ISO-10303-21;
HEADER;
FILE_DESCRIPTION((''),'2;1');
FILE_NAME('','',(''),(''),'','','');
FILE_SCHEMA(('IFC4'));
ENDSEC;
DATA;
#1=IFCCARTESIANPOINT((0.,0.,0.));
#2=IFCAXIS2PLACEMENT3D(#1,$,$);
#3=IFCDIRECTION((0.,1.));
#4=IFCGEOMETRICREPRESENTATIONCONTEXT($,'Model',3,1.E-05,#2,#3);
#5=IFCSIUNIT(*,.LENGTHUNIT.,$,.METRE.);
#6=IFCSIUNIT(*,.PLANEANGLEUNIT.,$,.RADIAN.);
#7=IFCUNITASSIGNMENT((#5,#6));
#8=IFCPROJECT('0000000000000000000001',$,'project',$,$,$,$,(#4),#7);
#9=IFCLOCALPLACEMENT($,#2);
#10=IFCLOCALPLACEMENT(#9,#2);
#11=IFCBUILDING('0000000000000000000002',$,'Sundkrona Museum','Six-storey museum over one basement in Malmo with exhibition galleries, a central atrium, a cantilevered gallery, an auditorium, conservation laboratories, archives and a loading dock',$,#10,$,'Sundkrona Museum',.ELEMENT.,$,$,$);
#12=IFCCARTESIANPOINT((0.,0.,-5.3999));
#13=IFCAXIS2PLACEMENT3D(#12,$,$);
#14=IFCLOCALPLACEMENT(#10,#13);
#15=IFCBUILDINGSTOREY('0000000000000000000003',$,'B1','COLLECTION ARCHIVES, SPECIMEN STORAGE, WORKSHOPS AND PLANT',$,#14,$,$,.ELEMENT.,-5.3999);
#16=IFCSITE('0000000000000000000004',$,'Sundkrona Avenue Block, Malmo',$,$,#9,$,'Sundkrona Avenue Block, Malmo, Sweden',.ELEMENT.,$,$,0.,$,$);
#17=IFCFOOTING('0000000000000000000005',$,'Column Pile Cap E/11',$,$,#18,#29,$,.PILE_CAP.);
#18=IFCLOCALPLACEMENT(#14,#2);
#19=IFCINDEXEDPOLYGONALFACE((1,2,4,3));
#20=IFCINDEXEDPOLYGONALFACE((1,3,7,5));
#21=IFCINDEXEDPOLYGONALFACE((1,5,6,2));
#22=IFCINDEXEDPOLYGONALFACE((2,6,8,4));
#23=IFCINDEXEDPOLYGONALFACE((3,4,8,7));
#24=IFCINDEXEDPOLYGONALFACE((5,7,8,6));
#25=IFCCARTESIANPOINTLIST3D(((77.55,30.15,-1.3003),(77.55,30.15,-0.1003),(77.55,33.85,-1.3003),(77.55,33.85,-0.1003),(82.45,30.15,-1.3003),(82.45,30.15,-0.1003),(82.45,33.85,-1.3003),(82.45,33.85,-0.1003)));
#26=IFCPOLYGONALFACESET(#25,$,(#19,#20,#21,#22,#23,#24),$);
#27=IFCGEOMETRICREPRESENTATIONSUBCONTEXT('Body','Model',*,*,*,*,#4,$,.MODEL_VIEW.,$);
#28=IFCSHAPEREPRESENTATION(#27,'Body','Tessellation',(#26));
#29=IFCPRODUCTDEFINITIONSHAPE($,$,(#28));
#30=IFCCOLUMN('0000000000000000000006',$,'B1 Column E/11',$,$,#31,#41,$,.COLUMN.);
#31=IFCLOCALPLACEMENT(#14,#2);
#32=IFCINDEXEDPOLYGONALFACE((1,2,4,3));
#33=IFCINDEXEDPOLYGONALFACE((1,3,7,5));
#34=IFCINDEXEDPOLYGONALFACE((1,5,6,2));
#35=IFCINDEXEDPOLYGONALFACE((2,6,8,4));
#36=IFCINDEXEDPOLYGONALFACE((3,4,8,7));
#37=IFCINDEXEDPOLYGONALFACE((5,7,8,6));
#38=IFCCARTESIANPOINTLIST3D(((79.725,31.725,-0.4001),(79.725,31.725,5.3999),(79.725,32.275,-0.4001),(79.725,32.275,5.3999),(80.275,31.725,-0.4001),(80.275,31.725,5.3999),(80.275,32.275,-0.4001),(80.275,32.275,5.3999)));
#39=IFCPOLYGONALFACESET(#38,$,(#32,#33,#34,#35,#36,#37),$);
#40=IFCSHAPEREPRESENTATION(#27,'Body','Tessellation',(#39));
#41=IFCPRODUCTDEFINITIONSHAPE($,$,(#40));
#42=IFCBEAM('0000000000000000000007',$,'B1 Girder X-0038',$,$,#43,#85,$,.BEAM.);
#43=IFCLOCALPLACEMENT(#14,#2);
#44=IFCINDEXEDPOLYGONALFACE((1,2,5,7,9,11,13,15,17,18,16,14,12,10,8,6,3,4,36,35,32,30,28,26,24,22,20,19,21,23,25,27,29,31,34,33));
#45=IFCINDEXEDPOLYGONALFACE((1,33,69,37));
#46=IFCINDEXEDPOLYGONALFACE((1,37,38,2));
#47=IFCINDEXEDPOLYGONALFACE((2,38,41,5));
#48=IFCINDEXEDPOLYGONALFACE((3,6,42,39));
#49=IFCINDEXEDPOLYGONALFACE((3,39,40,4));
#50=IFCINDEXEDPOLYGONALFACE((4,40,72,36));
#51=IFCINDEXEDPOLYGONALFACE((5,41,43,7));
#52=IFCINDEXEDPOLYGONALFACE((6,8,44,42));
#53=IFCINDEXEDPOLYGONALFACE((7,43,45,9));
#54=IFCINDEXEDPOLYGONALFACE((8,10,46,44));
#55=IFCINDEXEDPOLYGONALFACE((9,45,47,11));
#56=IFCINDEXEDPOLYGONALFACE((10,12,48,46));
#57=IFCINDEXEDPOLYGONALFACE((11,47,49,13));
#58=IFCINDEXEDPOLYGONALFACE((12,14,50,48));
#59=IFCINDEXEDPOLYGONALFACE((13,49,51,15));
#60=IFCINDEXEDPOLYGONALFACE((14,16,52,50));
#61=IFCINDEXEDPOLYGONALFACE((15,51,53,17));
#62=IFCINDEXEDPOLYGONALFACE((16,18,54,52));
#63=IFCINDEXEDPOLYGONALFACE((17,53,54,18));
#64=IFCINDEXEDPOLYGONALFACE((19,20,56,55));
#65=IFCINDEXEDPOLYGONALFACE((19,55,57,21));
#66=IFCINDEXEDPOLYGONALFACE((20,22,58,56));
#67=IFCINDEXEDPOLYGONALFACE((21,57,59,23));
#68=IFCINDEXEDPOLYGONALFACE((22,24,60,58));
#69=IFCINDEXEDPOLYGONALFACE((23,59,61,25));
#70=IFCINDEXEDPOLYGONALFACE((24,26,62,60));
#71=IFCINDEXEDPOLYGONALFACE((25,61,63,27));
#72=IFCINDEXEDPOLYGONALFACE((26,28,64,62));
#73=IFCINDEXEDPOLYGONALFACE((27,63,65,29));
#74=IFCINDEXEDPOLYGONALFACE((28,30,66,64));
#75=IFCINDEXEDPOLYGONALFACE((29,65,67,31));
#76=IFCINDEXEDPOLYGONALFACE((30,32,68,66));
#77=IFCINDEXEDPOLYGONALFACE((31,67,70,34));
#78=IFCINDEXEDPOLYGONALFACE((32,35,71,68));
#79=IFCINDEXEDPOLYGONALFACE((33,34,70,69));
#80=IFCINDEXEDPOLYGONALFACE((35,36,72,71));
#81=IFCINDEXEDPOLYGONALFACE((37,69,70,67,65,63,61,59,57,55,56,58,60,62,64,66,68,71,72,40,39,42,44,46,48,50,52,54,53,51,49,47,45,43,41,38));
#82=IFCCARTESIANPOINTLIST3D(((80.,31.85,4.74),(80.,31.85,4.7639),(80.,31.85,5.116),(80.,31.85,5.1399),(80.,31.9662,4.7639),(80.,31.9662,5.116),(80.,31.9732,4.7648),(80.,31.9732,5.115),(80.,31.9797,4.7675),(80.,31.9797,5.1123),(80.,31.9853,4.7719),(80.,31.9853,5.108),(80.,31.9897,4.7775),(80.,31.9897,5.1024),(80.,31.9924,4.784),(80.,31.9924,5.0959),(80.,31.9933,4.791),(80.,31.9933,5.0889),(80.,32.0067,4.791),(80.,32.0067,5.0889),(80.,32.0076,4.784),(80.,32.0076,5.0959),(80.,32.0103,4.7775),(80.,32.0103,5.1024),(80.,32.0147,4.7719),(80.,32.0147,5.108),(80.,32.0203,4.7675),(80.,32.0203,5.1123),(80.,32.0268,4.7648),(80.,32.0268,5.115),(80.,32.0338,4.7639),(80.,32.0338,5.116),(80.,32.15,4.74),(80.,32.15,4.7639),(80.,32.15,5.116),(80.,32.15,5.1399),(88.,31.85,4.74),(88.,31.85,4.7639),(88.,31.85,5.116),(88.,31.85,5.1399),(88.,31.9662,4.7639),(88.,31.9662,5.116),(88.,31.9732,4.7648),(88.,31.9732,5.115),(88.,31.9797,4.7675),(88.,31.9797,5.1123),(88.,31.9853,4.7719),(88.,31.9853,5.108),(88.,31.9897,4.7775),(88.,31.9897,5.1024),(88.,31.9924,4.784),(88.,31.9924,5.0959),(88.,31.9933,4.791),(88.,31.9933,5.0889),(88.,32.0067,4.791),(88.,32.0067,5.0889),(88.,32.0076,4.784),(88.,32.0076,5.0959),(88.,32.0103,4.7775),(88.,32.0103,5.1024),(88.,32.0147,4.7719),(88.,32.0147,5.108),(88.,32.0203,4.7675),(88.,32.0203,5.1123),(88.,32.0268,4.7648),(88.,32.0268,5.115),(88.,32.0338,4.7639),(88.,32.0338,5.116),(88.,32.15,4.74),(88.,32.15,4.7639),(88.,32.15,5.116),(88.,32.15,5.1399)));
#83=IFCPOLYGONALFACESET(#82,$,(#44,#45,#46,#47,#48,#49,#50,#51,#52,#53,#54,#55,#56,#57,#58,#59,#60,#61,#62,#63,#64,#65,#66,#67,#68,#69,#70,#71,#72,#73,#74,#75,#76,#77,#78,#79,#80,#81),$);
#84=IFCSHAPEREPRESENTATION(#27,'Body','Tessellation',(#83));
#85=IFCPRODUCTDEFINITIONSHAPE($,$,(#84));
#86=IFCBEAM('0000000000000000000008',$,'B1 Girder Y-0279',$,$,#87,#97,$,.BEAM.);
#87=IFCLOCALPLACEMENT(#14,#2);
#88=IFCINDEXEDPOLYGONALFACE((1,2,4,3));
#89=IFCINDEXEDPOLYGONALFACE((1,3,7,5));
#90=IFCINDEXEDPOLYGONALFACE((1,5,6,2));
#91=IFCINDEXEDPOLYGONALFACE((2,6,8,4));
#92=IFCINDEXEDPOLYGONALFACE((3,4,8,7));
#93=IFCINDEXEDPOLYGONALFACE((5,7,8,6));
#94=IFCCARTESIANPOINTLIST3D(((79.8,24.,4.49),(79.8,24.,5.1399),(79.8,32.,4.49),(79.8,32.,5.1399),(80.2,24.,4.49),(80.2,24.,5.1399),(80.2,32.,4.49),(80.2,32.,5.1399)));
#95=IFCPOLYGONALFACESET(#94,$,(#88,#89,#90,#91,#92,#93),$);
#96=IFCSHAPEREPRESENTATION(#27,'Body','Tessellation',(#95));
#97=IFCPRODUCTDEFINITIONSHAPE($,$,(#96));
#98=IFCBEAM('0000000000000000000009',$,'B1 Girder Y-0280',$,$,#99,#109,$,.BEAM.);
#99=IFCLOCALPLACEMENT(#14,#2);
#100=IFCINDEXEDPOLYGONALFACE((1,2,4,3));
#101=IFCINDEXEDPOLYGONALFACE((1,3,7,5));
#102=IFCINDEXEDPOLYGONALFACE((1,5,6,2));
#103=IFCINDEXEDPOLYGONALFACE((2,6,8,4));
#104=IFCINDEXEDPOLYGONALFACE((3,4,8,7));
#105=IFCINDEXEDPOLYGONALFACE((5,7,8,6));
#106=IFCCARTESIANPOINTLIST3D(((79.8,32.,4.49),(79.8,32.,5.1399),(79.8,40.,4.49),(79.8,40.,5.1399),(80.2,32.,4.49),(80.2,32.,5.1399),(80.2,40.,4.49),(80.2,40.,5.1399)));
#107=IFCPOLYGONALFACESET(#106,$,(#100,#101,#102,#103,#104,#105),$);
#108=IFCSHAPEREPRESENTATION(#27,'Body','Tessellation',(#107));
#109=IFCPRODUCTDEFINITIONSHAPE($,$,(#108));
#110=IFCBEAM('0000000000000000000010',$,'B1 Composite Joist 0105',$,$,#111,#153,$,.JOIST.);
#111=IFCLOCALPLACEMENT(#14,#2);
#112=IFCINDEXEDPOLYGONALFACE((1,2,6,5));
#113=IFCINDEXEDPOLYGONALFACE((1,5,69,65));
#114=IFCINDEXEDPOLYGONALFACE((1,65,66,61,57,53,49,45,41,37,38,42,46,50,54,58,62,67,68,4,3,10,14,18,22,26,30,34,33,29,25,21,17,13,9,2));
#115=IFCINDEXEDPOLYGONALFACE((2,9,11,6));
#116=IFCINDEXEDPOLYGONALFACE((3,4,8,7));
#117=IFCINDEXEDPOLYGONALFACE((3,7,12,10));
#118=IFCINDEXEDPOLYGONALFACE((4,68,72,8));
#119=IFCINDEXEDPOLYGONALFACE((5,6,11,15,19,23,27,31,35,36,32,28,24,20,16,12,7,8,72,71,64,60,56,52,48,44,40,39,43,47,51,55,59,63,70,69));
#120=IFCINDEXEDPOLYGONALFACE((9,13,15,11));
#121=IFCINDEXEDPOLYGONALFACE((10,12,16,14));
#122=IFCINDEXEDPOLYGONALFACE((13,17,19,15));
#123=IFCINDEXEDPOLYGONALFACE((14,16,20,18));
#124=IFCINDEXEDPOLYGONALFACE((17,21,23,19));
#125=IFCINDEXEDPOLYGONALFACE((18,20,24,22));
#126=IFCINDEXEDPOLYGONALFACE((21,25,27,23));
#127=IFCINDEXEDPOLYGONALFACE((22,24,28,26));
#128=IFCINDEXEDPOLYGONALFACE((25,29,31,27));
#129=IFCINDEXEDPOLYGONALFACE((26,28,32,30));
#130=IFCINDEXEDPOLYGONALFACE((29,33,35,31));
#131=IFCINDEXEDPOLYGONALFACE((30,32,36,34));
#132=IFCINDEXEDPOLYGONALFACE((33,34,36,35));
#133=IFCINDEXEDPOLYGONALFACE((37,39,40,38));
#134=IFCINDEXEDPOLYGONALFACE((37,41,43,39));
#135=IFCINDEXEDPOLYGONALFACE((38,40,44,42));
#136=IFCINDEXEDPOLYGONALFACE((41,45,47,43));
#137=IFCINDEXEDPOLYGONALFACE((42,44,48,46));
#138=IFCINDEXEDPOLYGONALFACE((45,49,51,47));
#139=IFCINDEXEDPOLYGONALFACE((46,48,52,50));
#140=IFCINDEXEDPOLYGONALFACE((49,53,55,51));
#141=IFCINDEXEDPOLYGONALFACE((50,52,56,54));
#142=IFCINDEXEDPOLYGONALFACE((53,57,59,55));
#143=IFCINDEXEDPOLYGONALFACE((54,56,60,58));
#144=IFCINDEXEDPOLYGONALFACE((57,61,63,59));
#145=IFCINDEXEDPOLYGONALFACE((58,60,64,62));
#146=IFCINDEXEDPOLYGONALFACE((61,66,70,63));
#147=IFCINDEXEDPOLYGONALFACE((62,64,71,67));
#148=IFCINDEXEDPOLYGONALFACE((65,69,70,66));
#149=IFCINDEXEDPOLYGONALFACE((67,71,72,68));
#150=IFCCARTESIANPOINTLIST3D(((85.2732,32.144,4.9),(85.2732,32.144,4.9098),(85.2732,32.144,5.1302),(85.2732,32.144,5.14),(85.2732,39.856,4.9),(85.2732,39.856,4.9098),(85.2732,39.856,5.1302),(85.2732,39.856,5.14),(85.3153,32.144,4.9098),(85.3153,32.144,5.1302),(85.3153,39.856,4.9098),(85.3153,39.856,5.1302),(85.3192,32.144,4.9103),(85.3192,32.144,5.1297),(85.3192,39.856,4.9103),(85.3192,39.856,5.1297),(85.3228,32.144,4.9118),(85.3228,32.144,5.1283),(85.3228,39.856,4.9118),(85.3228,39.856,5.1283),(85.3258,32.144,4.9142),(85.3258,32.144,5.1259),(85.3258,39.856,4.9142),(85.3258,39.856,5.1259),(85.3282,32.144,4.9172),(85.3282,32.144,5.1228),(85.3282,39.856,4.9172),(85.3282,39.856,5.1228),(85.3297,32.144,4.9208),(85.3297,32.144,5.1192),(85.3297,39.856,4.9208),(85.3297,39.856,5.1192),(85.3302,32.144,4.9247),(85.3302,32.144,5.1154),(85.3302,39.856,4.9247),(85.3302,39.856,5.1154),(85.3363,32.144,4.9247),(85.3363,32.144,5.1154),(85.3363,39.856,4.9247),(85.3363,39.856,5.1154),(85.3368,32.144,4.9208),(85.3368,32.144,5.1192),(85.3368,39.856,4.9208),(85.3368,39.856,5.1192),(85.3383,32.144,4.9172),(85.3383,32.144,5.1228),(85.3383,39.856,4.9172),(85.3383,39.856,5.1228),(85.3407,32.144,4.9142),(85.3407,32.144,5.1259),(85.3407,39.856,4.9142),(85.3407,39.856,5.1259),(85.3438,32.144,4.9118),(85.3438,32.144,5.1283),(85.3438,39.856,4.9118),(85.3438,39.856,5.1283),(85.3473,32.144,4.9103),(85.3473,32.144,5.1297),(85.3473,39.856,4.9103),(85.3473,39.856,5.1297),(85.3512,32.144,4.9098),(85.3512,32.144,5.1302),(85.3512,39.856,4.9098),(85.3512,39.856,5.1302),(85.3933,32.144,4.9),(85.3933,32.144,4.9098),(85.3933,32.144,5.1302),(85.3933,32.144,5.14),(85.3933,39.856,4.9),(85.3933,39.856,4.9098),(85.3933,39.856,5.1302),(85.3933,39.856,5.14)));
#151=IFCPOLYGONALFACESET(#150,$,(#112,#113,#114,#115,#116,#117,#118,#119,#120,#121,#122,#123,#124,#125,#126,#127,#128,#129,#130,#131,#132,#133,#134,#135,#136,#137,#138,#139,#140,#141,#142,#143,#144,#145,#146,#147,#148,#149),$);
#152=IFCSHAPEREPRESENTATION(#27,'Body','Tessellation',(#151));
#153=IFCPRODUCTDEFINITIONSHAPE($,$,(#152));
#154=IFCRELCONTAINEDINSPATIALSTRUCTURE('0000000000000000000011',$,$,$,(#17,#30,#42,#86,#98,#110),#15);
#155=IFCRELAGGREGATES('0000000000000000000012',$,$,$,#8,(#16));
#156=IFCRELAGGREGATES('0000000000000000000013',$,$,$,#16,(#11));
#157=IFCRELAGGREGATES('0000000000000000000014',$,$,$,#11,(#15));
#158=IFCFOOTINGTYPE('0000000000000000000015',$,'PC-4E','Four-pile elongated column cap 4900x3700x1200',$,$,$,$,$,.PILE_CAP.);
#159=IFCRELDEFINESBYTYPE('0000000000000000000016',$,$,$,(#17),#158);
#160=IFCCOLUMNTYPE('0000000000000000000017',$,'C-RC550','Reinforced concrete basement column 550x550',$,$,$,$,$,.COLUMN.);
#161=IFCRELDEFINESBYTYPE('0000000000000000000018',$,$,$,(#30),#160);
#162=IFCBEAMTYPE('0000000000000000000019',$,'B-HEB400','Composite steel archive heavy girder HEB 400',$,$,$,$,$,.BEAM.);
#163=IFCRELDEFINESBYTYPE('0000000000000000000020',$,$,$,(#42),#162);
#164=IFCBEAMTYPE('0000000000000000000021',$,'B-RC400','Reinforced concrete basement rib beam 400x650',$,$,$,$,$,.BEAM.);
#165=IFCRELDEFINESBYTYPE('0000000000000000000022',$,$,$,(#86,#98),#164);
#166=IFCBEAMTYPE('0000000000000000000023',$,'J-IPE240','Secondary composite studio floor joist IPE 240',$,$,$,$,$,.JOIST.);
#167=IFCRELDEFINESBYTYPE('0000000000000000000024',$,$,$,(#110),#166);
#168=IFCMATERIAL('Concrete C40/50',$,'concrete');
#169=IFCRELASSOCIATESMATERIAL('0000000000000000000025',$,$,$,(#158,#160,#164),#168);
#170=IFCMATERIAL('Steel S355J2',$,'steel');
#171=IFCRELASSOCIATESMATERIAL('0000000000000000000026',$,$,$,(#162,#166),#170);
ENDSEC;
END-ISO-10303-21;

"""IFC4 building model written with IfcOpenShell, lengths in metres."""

from ifc_helpers import new_model, si_unit, direction, frame, origin, origin_2d, place, context, subcontext, project, spatial, rectangle, i_section, extrude, material, material_profile, profile_set, type_object, element, save


model = new_model("IFC4")

# Units and contexts
model_context = context("Model", 3, precision=1e-05, world=origin(), true_north=direction((0.0, 1.0)))
body_context = subcontext(model_context, "Body", "Model", "MODEL_VIEW")
ifc_project = project(units=[si_unit("LENGTHUNIT", "METRE"), si_unit("PLANEANGLEUNIT", "RADIAN")], contexts=[model_context])

# Site, building, storey
site_placement = place(None, origin())
site = spatial("IfcSite", under=ifc_project, at=site_placement, Name="Sundkrona Avenue Block, Malmo", LongName="Sundkrona Avenue Block, Malmo, Sweden", CompositionType="ELEMENT", RefElevation=0.0)
building_placement = place(site_placement, origin())
building = spatial("IfcBuilding", under=site, at=building_placement, Name="Sundkrona Museum", Description="Six-storey museum over one basement in Malmo with exhibition galleries, a central atrium, a cantilevered gallery, an auditorium, conservation laboratories, archives and a loading dock", LongName="Sundkrona Museum", CompositionType="ELEMENT")
storey_placement = place(building_placement, frame((0.0, 0.0, -5.3999)))
storey = spatial("IfcBuildingStorey", under=building, at=storey_placement, Name="B1", Description="COLLECTION ARCHIVES, SPECIMEN STORAGE, WORKSHOPS AND PLANT", CompositionType="ELEMENT", Elevation=-5.3999)

# Shared definitions
ifc_material_1 = material(Name="Concrete C40/50", Category="concrete")

# Footing
footing_type_1 = type_object("IfcFootingType", Name="PC-4E", Description="Four-pile elongated column cap 4900x3700x1200", PredefinedType="PILE_CAP", material=ifc_material_1)
footing_1_placement = place(storey_placement, frame((80.0, 32.0, -1.3003), z_axis=(0.0, 0.0, 1.0), x_axis=(1.0, 0.0, 0.0)))
element("IfcFooting", 1, at=footing_1_placement, inside=storey, type_object=footing_type_1, Name="Column Pile Cap E/11", PredefinedType="PILE_CAP", context=body_context, shape_type="SweptSolid", body=[
    extrude(rectangle(XDim=4.8999, YDim=3.7, at=origin_2d()), origin(), (0.0, 0.0, 1.0), 1.2),
])

# Column
ifc_material_profile_1 = material_profile(ifc_material_1, rectangle(XDim=0.55, YDim=0.55, at=origin_2d()), Name="RC 550x550")
ifc_profile_set_1 = profile_set([ifc_material_profile_1], Name="Concrete C40/50")
column_type = type_object("IfcColumnType", Name="C-RC550", Description="Reinforced concrete basement column 550x550", PredefinedType="COLUMN", material=ifc_profile_set_1)
column_placement = place(storey_placement, frame((80.0, 32.0, -0.4001), z_axis=(0.0, 0.0, 1.0), x_axis=(1.0, 0.0, 0.0)))
element("IfcColumn", 2, at=column_placement, inside=storey, type_object=column_type, Name="B1 Column E/11", PredefinedType="COLUMN", context=body_context, shape_type="SweptSolid", body=[
    extrude(rectangle(XDim=0.55, YDim=0.55, at=origin_2d()), origin(), (0.0, 0.0, 1.0), 5.8),
])

# Beams
ifc_material_2 = material(Name="Steel S355J2", Category="steel")
ifc_material_profile_2 = material_profile(ifc_material_2, i_section(OverallWidth=0.3, OverallDepth=0.3999, WebThickness=0.0134, FlangeThickness=0.0239, FilletRadius=0.0271, at=origin_2d()), Name="HEB 400")
ifc_profile_set_2 = profile_set([ifc_material_profile_2], Name="Steel S355J2")
beam_type_1 = type_object("IfcBeamType", Name="B-HEB400", Description="Composite steel archive heavy girder HEB 400", PredefinedType="BEAM", material=ifc_profile_set_2)
beam_1_placement = place(storey_placement, frame((80.0, 32.0, 4.9399), z_axis=(1.0, 0.0, 0.0), x_axis=(0.0, 1.0, 0.0)))
element("IfcBeam", 3, at=beam_1_placement, inside=storey, type_object=beam_type_1, Name="B1 Girder X-0038", PredefinedType="BEAM", context=body_context, shape_type="SweptSolid", body=[
    extrude(i_section(OverallWidth=0.3, OverallDepth=0.3999, WebThickness=0.0134, FlangeThickness=0.0239, FilletRadius=0.0271, at=origin_2d()), origin(), (0.0, 0.0, 1.0), 8.0),
])
ifc_material_profile_3 = material_profile(ifc_material_1, rectangle(XDim=0.3999, YDim=0.6499, at=origin_2d()), Name="RCB 400x650")
ifc_profile_set_3 = profile_set([ifc_material_profile_3], Name="Concrete C40/50")
beam_type_2 = type_object("IfcBeamType", Name="B-RC400", Description="Reinforced concrete basement rib beam 400x650", PredefinedType="BEAM", material=ifc_profile_set_3)
for number, where, z_axis, x_axis, name in (
    (4, (80.0, 24.0, 4.8149), (0.0, 1.0, 0.0), (-1.0, 0.0, 0.0), "B1 Girder Y-0279"),
    (5, (80.0, 32.0, 4.8149), (0.0, 1.0, 0.0), (-1.0, 0.0, 0.0), "B1 Girder Y-0280"),
):
    element("IfcBeam", number, at=place(storey_placement, frame(where, z_axis=z_axis, x_axis=x_axis)), inside=storey, type_object=beam_type_2, Name=name, PredefinedType="BEAM", context=body_context, shape_type="SweptSolid", body=[
        extrude(rectangle(XDim=0.3999, YDim=0.6499, at=origin_2d()), origin(), (0.0, 0.0, 1.0), 8.0),
    ])
ifc_material_profile_4 = material_profile(ifc_material_2, i_section(OverallWidth=0.1201, OverallDepth=0.24, WebThickness=0.0061, FlangeThickness=0.0098, FilletRadius=0.0149, at=origin_2d()), Name="IPE 240")
ifc_profile_set_4 = profile_set([ifc_material_profile_4], Name="Steel S355J2")
beam_type_3 = type_object("IfcBeamType", Name="J-IPE240", Description="Secondary composite studio floor joist IPE 240", PredefinedType="JOIST", material=ifc_profile_set_4)
beam_2_placement = place(storey_placement, frame((85.3333, 32.144, 5.02), z_axis=(0.0, 1.0, 0.0), x_axis=(-1.0, 0.0, 0.0)))
element("IfcBeam", 6, at=beam_2_placement, inside=storey, type_object=beam_type_3, Name="B1 Composite Joist 0105", PredefinedType="JOIST", context=body_context, shape_type="SweptSolid", body=[
    extrude(i_section(OverallWidth=0.1201, OverallDepth=0.24, WebThickness=0.0061, FlangeThickness=0.0098, FilletRadius=0.0149, at=origin_2d()), origin(), (0.0, 0.0, 1.0), 7.7119),
])

save(model, "model.ifc")
